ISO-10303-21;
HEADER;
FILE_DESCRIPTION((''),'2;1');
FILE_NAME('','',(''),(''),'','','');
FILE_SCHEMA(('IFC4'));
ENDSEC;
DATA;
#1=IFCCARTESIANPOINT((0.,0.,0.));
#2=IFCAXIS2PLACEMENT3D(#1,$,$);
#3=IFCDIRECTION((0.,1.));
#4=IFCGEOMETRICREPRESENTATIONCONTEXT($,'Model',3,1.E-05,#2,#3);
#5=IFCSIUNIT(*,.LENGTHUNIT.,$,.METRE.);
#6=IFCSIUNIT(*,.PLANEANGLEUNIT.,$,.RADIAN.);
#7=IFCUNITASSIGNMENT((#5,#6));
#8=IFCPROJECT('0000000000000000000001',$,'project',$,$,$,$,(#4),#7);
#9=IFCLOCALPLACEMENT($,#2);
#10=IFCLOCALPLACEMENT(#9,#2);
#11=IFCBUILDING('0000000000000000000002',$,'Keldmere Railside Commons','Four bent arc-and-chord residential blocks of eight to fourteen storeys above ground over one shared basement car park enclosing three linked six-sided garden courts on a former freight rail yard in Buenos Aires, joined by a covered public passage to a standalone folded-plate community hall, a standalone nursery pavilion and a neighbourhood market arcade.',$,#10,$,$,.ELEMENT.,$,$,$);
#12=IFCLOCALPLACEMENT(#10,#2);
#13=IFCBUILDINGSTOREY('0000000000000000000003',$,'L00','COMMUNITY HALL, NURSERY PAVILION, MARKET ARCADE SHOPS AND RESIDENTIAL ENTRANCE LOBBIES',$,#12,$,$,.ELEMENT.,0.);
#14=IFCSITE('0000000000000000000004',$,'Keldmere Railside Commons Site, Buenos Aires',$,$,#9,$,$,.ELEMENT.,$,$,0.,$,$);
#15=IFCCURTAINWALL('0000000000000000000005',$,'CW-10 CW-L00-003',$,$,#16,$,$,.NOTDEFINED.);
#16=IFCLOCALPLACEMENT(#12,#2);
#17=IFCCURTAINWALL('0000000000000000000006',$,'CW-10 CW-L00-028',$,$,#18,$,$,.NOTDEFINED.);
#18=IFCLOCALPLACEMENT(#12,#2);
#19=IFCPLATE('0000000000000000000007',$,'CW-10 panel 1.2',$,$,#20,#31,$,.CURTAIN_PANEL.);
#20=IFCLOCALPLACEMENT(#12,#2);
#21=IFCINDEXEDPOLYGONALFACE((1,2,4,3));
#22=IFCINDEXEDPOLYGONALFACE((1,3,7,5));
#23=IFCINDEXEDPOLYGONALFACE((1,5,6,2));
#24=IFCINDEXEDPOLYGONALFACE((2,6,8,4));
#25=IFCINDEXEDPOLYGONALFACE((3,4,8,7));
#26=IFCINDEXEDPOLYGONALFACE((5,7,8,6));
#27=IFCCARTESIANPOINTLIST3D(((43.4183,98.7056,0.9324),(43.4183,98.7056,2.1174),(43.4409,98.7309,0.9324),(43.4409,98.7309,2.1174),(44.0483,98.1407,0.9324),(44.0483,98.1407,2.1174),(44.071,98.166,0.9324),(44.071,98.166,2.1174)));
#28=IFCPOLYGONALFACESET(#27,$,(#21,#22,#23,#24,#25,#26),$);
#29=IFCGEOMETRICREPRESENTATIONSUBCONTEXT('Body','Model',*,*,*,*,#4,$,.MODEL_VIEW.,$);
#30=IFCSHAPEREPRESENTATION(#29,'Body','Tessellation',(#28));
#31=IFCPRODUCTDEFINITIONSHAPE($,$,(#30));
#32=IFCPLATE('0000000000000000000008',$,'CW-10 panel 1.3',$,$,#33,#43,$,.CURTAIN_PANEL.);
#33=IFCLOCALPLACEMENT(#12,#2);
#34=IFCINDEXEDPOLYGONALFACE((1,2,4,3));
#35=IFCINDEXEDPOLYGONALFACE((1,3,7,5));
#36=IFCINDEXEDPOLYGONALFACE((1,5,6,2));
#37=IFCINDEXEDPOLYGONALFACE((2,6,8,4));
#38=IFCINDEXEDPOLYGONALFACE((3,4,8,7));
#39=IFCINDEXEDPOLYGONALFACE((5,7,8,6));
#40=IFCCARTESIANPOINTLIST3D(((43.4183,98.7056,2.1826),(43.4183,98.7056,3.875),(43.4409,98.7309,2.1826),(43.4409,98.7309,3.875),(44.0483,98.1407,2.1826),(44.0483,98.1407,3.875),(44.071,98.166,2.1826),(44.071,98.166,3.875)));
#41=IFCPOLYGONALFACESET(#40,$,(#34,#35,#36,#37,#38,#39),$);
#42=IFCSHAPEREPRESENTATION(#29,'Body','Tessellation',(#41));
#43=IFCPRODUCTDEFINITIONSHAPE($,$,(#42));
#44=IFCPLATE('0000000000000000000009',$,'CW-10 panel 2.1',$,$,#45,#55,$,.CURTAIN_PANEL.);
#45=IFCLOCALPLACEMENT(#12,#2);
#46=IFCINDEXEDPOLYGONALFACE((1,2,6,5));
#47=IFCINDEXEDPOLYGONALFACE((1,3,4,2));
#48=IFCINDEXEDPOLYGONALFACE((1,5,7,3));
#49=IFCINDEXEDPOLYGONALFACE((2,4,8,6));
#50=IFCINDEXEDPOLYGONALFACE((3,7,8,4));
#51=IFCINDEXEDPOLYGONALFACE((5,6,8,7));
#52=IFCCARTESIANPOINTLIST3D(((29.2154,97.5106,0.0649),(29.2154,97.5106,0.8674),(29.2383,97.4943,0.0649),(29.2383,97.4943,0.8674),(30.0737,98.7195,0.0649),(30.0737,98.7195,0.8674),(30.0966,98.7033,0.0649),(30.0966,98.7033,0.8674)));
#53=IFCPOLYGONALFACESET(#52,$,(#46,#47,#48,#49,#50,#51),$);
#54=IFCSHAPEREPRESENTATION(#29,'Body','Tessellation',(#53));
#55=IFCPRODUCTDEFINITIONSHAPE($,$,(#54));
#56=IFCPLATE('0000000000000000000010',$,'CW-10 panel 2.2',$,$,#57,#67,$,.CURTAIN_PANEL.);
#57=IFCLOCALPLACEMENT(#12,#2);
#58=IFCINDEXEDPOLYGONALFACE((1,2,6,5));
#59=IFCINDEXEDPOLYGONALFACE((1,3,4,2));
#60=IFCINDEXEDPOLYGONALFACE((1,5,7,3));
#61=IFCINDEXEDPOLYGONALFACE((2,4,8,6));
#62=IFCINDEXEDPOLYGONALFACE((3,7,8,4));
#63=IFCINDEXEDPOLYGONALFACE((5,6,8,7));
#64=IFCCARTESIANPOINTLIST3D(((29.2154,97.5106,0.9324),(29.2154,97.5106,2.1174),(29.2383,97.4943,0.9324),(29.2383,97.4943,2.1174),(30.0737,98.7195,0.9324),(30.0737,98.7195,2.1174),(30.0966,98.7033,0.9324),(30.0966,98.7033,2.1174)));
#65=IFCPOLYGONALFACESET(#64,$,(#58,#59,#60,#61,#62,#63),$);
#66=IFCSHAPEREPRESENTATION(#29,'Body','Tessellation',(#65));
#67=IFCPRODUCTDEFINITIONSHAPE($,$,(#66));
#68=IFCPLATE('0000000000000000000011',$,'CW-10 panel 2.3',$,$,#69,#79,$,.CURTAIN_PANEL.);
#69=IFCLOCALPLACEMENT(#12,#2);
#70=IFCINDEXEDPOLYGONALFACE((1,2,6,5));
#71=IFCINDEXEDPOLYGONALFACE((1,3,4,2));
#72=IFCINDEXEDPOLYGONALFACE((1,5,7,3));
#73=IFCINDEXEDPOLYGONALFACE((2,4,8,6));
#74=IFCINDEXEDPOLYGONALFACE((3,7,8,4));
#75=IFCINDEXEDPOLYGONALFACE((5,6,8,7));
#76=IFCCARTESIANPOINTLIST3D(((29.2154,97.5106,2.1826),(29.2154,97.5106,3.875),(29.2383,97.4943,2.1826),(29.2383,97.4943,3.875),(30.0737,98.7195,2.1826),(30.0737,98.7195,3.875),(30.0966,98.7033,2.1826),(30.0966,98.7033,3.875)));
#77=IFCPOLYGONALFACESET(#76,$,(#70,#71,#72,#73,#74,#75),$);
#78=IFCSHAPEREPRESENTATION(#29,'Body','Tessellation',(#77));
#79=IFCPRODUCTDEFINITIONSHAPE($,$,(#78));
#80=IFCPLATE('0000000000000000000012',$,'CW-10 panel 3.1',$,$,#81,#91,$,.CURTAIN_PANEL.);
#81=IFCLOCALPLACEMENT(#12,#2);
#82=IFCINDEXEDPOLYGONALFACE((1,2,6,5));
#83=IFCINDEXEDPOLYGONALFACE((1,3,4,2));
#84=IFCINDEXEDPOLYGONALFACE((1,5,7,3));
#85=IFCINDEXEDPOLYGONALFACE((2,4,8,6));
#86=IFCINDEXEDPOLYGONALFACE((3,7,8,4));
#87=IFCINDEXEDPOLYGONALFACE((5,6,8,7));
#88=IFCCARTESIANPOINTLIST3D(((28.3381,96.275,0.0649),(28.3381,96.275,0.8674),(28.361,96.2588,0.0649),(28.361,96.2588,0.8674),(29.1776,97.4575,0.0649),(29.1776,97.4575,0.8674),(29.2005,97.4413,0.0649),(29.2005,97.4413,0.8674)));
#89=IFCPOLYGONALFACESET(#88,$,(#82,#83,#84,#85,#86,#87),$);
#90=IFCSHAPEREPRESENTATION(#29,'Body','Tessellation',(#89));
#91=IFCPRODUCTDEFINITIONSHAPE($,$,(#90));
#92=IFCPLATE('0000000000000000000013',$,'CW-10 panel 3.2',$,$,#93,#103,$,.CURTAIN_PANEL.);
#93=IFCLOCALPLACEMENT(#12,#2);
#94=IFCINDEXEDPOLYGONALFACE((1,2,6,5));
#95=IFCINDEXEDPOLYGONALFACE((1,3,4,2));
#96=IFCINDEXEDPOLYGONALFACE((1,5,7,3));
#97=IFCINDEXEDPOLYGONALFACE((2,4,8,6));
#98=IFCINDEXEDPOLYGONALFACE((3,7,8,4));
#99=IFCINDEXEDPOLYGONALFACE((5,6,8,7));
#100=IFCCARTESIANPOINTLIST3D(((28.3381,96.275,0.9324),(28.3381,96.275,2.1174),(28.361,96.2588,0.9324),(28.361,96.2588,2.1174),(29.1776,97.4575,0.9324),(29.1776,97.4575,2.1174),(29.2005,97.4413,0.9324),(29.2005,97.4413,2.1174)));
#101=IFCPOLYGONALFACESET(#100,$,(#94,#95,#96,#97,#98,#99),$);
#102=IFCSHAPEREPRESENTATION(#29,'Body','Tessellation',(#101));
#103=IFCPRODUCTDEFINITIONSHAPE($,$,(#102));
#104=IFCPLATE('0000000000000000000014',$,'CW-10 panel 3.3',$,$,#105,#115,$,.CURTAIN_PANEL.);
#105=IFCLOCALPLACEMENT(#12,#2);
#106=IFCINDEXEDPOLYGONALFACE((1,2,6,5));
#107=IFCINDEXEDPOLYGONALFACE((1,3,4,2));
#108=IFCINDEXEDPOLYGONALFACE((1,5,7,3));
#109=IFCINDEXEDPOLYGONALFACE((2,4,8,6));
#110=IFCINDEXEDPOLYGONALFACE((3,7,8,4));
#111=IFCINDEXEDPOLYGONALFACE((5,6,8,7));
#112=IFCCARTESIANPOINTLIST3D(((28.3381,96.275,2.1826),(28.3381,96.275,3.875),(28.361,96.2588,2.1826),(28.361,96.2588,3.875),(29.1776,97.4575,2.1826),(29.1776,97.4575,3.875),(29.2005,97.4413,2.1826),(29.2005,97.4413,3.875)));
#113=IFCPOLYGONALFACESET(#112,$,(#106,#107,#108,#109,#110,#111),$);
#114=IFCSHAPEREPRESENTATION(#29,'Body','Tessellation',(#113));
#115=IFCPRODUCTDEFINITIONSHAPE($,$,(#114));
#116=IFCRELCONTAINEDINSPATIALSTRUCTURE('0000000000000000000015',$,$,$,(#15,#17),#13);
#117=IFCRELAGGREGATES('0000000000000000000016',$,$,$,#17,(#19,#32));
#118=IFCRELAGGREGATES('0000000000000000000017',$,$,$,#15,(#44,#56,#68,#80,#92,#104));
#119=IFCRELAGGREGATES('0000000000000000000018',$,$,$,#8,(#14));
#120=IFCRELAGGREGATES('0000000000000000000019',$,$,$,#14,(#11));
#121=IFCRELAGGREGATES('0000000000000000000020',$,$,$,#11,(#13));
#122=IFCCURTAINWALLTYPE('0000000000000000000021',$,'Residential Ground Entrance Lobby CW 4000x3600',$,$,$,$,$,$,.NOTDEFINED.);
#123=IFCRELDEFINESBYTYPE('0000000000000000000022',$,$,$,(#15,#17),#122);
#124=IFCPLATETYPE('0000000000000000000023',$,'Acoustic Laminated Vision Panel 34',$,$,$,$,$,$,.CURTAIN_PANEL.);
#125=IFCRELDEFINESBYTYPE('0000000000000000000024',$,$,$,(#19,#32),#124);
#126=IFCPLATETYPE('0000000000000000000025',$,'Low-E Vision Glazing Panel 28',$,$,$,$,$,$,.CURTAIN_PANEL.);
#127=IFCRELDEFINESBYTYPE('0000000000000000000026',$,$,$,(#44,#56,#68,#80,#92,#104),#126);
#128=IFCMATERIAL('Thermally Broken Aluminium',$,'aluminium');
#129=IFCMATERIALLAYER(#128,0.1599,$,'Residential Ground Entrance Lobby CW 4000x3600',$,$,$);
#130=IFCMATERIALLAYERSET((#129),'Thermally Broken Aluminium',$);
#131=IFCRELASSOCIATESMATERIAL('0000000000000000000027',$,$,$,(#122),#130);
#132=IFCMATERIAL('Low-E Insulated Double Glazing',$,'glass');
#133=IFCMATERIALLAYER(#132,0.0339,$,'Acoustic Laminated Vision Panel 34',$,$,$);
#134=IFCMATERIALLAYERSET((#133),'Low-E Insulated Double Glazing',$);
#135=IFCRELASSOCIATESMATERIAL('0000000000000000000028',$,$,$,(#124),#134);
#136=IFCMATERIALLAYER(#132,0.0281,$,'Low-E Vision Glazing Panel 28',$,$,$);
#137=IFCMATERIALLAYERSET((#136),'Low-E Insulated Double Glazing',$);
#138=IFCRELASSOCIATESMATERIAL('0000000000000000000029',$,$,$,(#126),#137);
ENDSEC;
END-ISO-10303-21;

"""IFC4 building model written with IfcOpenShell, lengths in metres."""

from ifc_helpers import new_model, si_unit, direction, frame, origin, origin_2d, place, context, subcontext, project, spatial, rectangle, extrude, material, layer, layer_set, type_object, element, aggregate, save


model = new_model("IFC4")

# Units and contexts
model_context = context("Model", 3, precision=1e-05, world=origin(), true_north=direction((0.0, 1.0)))
body_context = subcontext(model_context, "Body", "Model", "MODEL_VIEW")
ifc_project = project(units=[si_unit("LENGTHUNIT", "METRE"), si_unit("PLANEANGLEUNIT", "RADIAN")], contexts=[model_context])

# Site, building, storey
site_placement = place(None, origin())
site = spatial("IfcSite", under=ifc_project, at=site_placement, Name="Keldmere Railside Commons Site, Buenos Aires", CompositionType="ELEMENT", RefElevation=0.0)
building_placement = place(site_placement, origin())
building = spatial("IfcBuilding", under=site, at=building_placement, Name="Keldmere Railside Commons", Description="Four bent arc-and-chord residential blocks of eight to fourteen storeys above ground over one shared basement car park enclosing three linked six-sided garden courts on a former freight rail yard in Buenos Aires, joined by a covered public passage to a standalone folded-plate community hall, a standalone nursery pavilion and a neighbourhood market arcade.", CompositionType="ELEMENT")
storey_placement = place(building_placement, origin())
storey = spatial("IfcBuildingStorey", under=building, at=storey_placement, Name="L00", Description="COMMUNITY HALL, NURSERY PAVILION, MARKET ARCADE SHOPS AND RESIDENTIAL ENTRANCE LOBBIES", CompositionType="ELEMENT", Elevation=0.0)

# Shared definitions
ifc_material_1 = material(Name="Thermally Broken Aluminium", Category="aluminium")

# Curtain walls
ifc_layer_1 = layer(ifc_material_1, 0.1599, Name="Residential Ground Entrance Lobby CW 4000x3600")
ifc_layer_set_1 = layer_set([ifc_layer_1], Name="Thermally Broken Aluminium")
curtain_wall_type_1 = type_object("IfcCurtainWallType", Name="Residential Ground Entrance Lobby CW 4000x3600", PredefinedType="NOTDEFINED", material=ifc_layer_set_1)
curtain_wall_1_placement = place(storey_placement, origin())
curtain_wall_1 = element("IfcCurtainWall", 1, at=curtain_wall_1_placement, inside=storey, type_object=curtain_wall_type_1, Name="CW-10 CW-L00-003", PredefinedType="NOTDEFINED")
curtain_wall_2_placement = place(storey_placement, origin())
curtain_wall_2 = element("IfcCurtainWall", 2, at=curtain_wall_2_placement, inside=storey, type_object=curtain_wall_type_1, Name="CW-10 CW-L00-028", PredefinedType="NOTDEFINED")

# Plates
ifc_material_2 = material(Name="Low-E Insulated Double Glazing", Category="glass")
ifc_layer_2 = layer(ifc_material_2, 0.0339, Name="Acoustic Laminated Vision Panel 34")
ifc_layer_set_2 = layer_set([ifc_layer_2], Name="Low-E Insulated Double Glazing")
plate_type_1 = type_object("IfcPlateType", Name="Acoustic Laminated Vision Panel 34", PredefinedType="CURTAIN_PANEL", material=ifc_layer_set_2)
plate_1_placement = place(storey_placement, frame((43.7446, 98.4358, 0.9324), z_axis=(0.0, 0.0, 1.0), x_axis=(-0.744557, 0.667559, 0.0)))
plate_1 = element("IfcPlate", 3, at=plate_1_placement, type_object=plate_type_1, Name="CW-10 panel 1.2", PredefinedType="CURTAIN_PANEL", context=body_context, shape_type="SweptSolid", body=[
    extrude(rectangle(XDim=0.8462, YDim=0.0339, at=origin_2d()), origin(), (0.0, 0.0, 1.0), 1.1851),
])
plate_2_placement = place(storey_placement, frame((43.7446, 98.4358, 2.1826), z_axis=(0.0, 0.0, 1.0), x_axis=(-0.744557, 0.667559, 0.0)))
plate_2 = element("IfcPlate", 4, at=plate_2_placement, type_object=plate_type_1, Name="CW-10 panel 1.3", PredefinedType="CURTAIN_PANEL", context=body_context, shape_type="SweptSolid", body=[
    extrude(rectangle(XDim=0.8462, YDim=0.0339, at=origin_2d()), origin(), (0.0, 0.0, 1.0), 1.6924),
])
aggregate(curtain_wall_2, [plate_1, plate_2])
ifc_layer_3 = layer(ifc_material_2, 0.0281, Name="Low-E Vision Glazing Panel 28")
ifc_layer_set_3 = layer_set([ifc_layer_3], Name="Low-E Insulated Double Glazing")
plate_type_2 = type_object("IfcPlateType", Name="Low-E Vision Glazing Panel 28", PredefinedType="CURTAIN_PANEL", material=ifc_layer_set_3)
plate_3_placement = place(storey_placement, frame((29.656, 98.1069, 0.0649), z_axis=(0.0, 0.0, 1.0), x_axis=(-0.578913, -0.815389, 0.0)))
plate_3 = element("IfcPlate", 5, at=plate_3_placement, type_object=plate_type_2, Name="CW-10 panel 2.1", PredefinedType="CURTAIN_PANEL", context=body_context, shape_type="SweptSolid", body=[
    extrude(rectangle(XDim=1.4827, YDim=0.0281, at=origin_2d()), origin(), (0.0, 0.0, 1.0), 0.8025),
])
plate_4_placement = place(storey_placement, frame((29.656, 98.1069, 0.9324), z_axis=(0.0, 0.0, 1.0), x_axis=(-0.578913, -0.815389, 0.0)))
plate_4 = element("IfcPlate", 6, at=plate_4_placement, type_object=plate_type_2, Name="CW-10 panel 2.2", PredefinedType="CURTAIN_PANEL", context=body_context, shape_type="SweptSolid", body=[
    extrude(rectangle(XDim=1.4827, YDim=0.0281, at=origin_2d()), origin(), (0.0, 0.0, 1.0), 1.1851),
])
plate_5_placement = place(storey_placement, frame((29.656, 98.1069, 2.1826), z_axis=(0.0, 0.0, 1.0), x_axis=(-0.578913, -0.815389, 0.0)))
plate_5 = element("IfcPlate", 7, at=plate_5_placement, type_object=plate_type_2, Name="CW-10 panel 2.3", PredefinedType="CURTAIN_PANEL", context=body_context, shape_type="SweptSolid", body=[
    extrude(rectangle(XDim=1.4827, YDim=0.0281, at=origin_2d()), origin(), (0.0, 0.0, 1.0), 1.6924),
])
plate_6_placement = place(storey_placement, frame((28.7693, 96.8582, 0.0649), z_axis=(0.0, 0.0, 1.0), x_axis=(-0.578913, -0.815389, 0.0)))
plate_6 = element("IfcPlate", 8, at=plate_6_placement, type_object=plate_type_2, Name="CW-10 panel 3.1", PredefinedType="CURTAIN_PANEL", context=body_context, shape_type="SweptSolid", body=[
    extrude(rectangle(XDim=1.4502, YDim=0.0281, at=origin_2d()), origin(), (0.0, 0.0, 1.0), 0.8025),
])
plate_7_placement = place(storey_placement, frame((28.7693, 96.8582, 0.9324), z_axis=(0.0, 0.0, 1.0), x_axis=(-0.578913, -0.815389, 0.0)))
plate_7 = element("IfcPlate", 9, at=plate_7_placement, type_object=plate_type_2, Name="CW-10 panel 3.2", PredefinedType="CURTAIN_PANEL", context=body_context, shape_type="SweptSolid", body=[
    extrude(rectangle(XDim=1.4502, YDim=0.0281, at=origin_2d()), origin(), (0.0, 0.0, 1.0), 1.1851),
])
plate_8_placement = place(storey_placement, frame((28.7693, 96.8582, 2.1826), z_axis=(0.0, 0.0, 1.0), x_axis=(-0.578913, -0.815389, 0.0)))
plate_8 = element("IfcPlate", 10, at=plate_8_placement, type_object=plate_type_2, Name="CW-10 panel 3.3", PredefinedType="CURTAIN_PANEL", context=body_context, shape_type="SweptSolid", body=[
    extrude(rectangle(XDim=1.4502, YDim=0.0281, at=origin_2d()), origin(), (0.0, 0.0, 1.0), 1.6924),
])
aggregate(curtain_wall_1, [plate_3, plate_4, plate_5, plate_6, plate_7, plate_8])

save(model, "model.ifc")
